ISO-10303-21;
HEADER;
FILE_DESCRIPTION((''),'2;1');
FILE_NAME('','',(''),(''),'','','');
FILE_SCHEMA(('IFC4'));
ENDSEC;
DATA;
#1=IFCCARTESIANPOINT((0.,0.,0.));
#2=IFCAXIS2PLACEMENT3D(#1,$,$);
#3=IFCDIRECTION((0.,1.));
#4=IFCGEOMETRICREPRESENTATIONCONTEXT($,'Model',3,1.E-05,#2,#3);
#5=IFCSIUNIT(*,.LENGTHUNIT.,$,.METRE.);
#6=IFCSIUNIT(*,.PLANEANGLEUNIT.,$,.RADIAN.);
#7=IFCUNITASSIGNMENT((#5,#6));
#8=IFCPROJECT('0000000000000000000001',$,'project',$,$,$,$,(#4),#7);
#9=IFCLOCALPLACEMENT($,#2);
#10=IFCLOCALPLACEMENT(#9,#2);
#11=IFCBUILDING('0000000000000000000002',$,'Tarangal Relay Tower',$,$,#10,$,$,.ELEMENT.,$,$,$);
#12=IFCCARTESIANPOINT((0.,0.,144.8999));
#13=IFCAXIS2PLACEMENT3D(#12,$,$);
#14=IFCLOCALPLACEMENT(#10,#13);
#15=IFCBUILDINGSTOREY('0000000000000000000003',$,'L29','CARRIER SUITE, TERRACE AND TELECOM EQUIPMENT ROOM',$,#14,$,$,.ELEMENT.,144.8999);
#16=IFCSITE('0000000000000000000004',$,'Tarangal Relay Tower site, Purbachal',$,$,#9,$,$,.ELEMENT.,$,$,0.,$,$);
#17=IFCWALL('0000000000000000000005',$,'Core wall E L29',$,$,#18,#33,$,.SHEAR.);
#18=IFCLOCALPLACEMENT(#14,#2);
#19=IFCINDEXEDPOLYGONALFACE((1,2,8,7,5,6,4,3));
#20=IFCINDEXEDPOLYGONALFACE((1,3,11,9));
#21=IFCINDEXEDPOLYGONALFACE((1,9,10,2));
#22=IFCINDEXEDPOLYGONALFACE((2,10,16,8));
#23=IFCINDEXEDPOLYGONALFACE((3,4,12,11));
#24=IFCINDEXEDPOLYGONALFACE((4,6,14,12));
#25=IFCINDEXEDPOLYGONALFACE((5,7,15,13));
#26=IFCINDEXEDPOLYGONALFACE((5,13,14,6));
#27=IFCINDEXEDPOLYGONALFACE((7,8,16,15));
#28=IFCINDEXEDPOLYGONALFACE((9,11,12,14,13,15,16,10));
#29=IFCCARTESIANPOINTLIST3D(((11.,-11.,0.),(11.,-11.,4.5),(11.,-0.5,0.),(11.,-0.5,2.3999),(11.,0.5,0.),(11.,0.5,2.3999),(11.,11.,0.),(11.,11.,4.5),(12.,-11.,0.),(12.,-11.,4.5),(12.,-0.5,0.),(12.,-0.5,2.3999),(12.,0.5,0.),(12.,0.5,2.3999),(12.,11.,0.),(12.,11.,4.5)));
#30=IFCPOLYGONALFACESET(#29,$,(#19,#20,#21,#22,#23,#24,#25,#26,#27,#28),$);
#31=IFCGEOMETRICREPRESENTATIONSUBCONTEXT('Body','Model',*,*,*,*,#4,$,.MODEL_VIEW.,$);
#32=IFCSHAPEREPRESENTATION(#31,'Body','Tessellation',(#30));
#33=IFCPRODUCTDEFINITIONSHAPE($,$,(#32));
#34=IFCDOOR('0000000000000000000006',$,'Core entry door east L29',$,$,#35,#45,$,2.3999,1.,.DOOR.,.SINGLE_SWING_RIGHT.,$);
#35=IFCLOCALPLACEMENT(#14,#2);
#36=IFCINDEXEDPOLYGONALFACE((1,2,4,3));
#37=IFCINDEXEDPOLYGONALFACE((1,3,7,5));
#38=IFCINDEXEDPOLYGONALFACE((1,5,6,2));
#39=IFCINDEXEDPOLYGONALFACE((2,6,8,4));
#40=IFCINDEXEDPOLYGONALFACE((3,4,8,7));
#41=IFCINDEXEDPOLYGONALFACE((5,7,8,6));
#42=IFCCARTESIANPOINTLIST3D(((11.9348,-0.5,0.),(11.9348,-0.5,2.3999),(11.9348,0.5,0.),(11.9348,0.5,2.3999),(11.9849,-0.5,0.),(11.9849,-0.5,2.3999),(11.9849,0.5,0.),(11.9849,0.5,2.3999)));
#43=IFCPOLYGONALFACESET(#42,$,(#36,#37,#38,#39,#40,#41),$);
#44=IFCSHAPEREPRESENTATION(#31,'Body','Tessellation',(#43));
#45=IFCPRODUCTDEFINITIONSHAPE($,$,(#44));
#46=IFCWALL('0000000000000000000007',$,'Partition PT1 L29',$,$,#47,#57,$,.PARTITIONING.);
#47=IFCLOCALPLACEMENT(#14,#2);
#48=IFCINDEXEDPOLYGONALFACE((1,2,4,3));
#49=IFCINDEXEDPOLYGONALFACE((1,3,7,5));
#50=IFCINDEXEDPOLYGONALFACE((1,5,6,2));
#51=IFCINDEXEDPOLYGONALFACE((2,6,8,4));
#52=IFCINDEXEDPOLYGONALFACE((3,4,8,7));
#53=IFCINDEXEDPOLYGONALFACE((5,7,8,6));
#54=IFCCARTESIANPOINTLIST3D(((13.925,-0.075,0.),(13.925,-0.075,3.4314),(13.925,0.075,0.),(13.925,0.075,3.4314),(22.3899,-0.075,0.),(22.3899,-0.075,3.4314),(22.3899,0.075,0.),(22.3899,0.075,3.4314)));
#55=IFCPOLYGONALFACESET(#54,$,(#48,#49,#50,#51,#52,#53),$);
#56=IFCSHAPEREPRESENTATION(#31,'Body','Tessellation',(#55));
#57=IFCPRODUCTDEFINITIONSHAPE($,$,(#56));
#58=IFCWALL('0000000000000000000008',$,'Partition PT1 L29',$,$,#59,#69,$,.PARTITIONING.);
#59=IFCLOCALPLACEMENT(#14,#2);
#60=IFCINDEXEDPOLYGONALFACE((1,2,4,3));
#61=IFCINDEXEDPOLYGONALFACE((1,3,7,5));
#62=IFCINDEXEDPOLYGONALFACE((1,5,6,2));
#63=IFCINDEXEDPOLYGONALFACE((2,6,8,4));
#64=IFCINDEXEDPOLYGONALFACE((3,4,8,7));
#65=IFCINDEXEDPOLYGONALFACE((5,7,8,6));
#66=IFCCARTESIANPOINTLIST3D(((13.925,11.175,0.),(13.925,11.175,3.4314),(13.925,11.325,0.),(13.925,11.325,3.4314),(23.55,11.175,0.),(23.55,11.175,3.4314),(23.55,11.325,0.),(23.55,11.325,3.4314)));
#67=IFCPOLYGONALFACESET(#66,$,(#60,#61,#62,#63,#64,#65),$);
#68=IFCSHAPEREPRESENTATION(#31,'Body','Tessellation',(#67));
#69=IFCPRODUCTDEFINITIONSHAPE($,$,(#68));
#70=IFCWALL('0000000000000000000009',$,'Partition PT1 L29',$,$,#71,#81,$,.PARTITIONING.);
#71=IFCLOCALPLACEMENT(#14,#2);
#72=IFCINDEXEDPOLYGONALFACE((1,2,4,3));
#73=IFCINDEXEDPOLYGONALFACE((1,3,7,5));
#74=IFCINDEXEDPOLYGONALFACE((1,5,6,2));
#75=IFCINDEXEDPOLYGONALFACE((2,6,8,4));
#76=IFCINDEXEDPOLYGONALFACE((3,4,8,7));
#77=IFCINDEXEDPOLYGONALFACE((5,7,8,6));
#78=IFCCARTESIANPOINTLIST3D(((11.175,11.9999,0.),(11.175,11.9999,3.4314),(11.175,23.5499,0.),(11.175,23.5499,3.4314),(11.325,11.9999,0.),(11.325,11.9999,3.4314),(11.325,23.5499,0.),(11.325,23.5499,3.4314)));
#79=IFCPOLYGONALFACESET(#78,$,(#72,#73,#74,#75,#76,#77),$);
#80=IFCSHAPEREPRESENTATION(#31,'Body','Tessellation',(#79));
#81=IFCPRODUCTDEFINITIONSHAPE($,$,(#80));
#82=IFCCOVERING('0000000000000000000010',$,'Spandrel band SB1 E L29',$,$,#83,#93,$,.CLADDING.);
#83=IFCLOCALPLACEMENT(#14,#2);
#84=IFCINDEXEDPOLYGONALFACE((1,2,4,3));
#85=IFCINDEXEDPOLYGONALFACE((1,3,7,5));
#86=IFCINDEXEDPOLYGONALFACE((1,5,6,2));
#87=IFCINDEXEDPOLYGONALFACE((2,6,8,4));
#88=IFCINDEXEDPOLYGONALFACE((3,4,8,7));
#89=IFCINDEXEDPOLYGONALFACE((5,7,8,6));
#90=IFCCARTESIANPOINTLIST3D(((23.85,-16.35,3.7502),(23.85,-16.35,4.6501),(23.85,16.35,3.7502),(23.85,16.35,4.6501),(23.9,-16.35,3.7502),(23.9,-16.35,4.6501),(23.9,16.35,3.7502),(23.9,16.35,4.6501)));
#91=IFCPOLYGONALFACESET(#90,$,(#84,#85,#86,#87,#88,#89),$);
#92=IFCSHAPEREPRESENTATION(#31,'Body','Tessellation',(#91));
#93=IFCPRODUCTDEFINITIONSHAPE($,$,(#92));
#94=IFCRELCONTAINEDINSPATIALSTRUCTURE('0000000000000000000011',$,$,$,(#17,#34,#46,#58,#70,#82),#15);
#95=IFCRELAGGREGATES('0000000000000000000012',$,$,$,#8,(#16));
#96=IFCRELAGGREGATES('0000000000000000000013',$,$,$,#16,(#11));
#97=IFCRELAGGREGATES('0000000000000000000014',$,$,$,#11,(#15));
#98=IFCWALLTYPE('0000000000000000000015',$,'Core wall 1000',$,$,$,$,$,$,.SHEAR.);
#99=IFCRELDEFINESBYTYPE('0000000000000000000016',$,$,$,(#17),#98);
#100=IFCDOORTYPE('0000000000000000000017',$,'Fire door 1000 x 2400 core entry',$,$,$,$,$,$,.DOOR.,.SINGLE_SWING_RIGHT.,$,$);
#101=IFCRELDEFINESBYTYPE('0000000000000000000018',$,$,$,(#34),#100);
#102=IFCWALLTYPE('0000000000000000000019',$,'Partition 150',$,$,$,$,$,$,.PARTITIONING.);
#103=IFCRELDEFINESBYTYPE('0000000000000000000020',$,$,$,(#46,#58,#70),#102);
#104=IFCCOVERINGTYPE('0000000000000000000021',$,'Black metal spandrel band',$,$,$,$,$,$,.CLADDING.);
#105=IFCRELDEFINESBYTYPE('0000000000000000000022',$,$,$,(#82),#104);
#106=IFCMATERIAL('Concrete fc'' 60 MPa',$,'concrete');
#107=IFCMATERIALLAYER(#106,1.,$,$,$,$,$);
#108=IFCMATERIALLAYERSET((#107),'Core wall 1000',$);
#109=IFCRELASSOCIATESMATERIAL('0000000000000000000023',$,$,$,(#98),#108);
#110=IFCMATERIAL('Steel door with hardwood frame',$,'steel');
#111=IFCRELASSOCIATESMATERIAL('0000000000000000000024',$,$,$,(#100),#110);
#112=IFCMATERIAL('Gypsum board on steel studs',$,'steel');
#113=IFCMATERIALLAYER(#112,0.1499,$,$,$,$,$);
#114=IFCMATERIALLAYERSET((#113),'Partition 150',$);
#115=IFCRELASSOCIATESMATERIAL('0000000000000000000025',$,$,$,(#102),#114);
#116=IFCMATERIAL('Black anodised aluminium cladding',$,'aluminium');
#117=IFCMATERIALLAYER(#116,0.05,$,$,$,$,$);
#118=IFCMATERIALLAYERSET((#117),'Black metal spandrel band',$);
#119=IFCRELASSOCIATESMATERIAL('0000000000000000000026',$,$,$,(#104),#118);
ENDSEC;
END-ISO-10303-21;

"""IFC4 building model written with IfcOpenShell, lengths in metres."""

from ifc_helpers import new_model, si_unit, direction, frame, frame_2d, origin, origin_2d, place, context, subcontext, project, spatial, rectangle, extrude, material, layer, layer_set, type_object, element, fill, save


model = new_model("IFC4")

# Units and contexts
model_context = context("Model", 3, precision=1e-05, world=origin(), true_north=direction((0.0, 1.0)))
body_context = subcontext(model_context, "Body", "Model", "MODEL_VIEW")
ifc_project = project(units=[si_unit("LENGTHUNIT", "METRE"), si_unit("PLANEANGLEUNIT", "RADIAN")], contexts=[model_context])

# Site, building, storey
site_placement = place(None, origin())
site = spatial("IfcSite", under=ifc_project, at=site_placement, Name="Tarangal Relay Tower site, Purbachal", CompositionType="ELEMENT", RefElevation=0.0)
building_placement = place(site_placement, origin())
building = spatial("IfcBuilding", under=site, at=building_placement, Name="Tarangal Relay Tower", CompositionType="ELEMENT")
storey_placement = place(building_placement, frame((0.0, 0.0, 144.8999)))
storey = spatial("IfcBuildingStorey", under=building, at=storey_placement, Name="L29", Description="CARRIER SUITE, TERRACE AND TELECOM EQUIPMENT ROOM", CompositionType="ELEMENT", Elevation=144.8999)

# Wall, opening, door
ifc_material_1 = material(Name="Concrete fc' 60 MPa", Category="concrete")
ifc_layer_1 = layer(ifc_material_1, 1.0)
ifc_layer_set_1 = layer_set([ifc_layer_1], Name="Core wall 1000")
wall_type_1 = type_object("IfcWallType", Name="Core wall 1000", PredefinedType="SHEAR", material=ifc_layer_set_1)
wall_1_placement = place(storey_placement, frame((11.5, 11.0, 0.0), z_axis=(0.0, 0.0, 1.0), x_axis=(0.0, -1.0, 0.0)))
wall_1 = element("IfcWall", 1, at=wall_1_placement, inside=storey, type_object=wall_type_1, Name="Core wall E L29", PredefinedType="SHEAR", context=body_context, shape_type="SweptSolid", body=[
    extrude(rectangle(XDim=22.0, YDim=1.0, at=frame_2d((11.0, 0.0))), origin(), (0.0, 0.0, 1.0), 4.5),
])
opening_placement = place(wall_1_placement, frame((10.5, 0.0, 0.0)))
opening = element("IfcOpeningElement", 2, at=opening_placement, cuts=wall_1, PredefinedType="OPENING", context=body_context, shape_type="SweptSolid", body=[
    extrude(rectangle(XDim=1.0, YDim=2.3999, at=frame_2d((0.5, 1.2))), frame((0.0, 0.51, 0.0), z_axis=(0.0, -1.0, 0.0), x_axis=(1.0, 0.0, 0.0)), (0.0, 0.0, 1.0), 1.02),
])
ifc_material_2 = material(Name="Steel door with hardwood frame", Category="steel")
door_type = type_object("IfcDoorType", Name="Fire door 1000 x 2400 core entry", OperationType="SINGLE_SWING_RIGHT", PredefinedType="DOOR", material=ifc_material_2)
door_placement = place(opening_placement, origin())
door = element("IfcDoor", 3, at=door_placement, inside=storey, type_object=door_type, Name="Core entry door east L29", OperationType="SINGLE_SWING_RIGHT", OverallHeight=2.3999, OverallWidth=1.0, PredefinedType="DOOR", context=body_context, shape_type="SweptSolid", body=[
    extrude(rectangle(XDim=1.0, YDim=2.3999, at=frame_2d((0.5, 1.2))), frame((0.0, 0.4849, 0.0), z_axis=(0.0, -1.0, 0.0), x_axis=(1.0, 0.0, 0.0)), (0.0, 0.0, 1.0), 0.05),
])
fill(opening, door)

# Walls
ifc_material_3 = material(Name="Gypsum board on steel studs", Category="steel")
ifc_layer_2 = layer(ifc_material_3, 0.1499)
ifc_layer_set_2 = layer_set([ifc_layer_2], Name="Partition 150")
wall_type_2 = type_object("IfcWallType", Name="Partition 150", PredefinedType="PARTITIONING", material=ifc_layer_set_2)
wall_2_placement = place(storey_placement, frame((13.925, 0.0, 0.0), z_axis=(0.0, 0.0, 1.0), x_axis=(1.0, 0.0, 0.0)))
element("IfcWall", 4, at=wall_2_placement, inside=storey, type_object=wall_type_2, Name="Partition PT1 L29", PredefinedType="PARTITIONING", context=body_context, shape_type="SweptSolid", body=[
    extrude(rectangle(XDim=8.4648, YDim=0.1499, at=frame_2d((4.2324, 0.0))), origin(), (0.0, 0.0, 1.0), 3.4314),
])
wall_3_placement = place(storey_placement, frame((13.925, 11.25, 0.0), z_axis=(0.0, 0.0, 1.0), x_axis=(1.0, 0.0, 0.0)))
element("IfcWall", 5, at=wall_3_placement, inside=storey, type_object=wall_type_2, Name="Partition PT1 L29", PredefinedType="PARTITIONING", context=body_context, shape_type="SweptSolid", body=[
    extrude(rectangle(XDim=9.625, YDim=0.1499, at=frame_2d((4.8125, 0.0))), origin(), (0.0, 0.0, 1.0), 3.4314),
])
wall_4_placement = place(storey_placement, frame((11.25, 12.0, 0.0), z_axis=(0.0, 0.0, 1.0), x_axis=(0.0, 1.0, 0.0)))
element("IfcWall", 6, at=wall_4_placement, inside=storey, type_object=wall_type_2, Name="Partition PT1 L29", PredefinedType="PARTITIONING", context=body_context, shape_type="SweptSolid", body=[
    extrude(rectangle(XDim=11.55, YDim=0.1499, at=frame_2d((5.7749, 0.0))), origin(), (0.0, 0.0, 1.0), 3.4314),
])

# Covering
ifc_material_4 = material(Name="Black anodised aluminium cladding", Category="aluminium")
ifc_layer_3 = layer(ifc_material_4, 0.05)
ifc_layer_set_3 = layer_set([ifc_layer_3], Name="Black metal spandrel band")
covering_type = type_object("IfcCoveringType", Name="Black metal spandrel band", PredefinedType="CLADDING", material=ifc_layer_set_3)
covering_placement = place(storey_placement, frame((23.875, 0.0, 3.7502), z_axis=(0.0, 0.0, 1.0), x_axis=(0.0, -1.0, 0.0)))
element("IfcCovering", 7, at=covering_placement, inside=storey, type_object=covering_type, Name="Spandrel band SB1 E L29", PredefinedType="CLADDING", context=body_context, shape_type="SweptSolid", body=[
    extrude(rectangle(XDim=32.7, YDim=0.05, at=origin_2d()), origin(), (0.0, 0.0, 1.0), 0.8999),
])

save(model, "model.ifc")
